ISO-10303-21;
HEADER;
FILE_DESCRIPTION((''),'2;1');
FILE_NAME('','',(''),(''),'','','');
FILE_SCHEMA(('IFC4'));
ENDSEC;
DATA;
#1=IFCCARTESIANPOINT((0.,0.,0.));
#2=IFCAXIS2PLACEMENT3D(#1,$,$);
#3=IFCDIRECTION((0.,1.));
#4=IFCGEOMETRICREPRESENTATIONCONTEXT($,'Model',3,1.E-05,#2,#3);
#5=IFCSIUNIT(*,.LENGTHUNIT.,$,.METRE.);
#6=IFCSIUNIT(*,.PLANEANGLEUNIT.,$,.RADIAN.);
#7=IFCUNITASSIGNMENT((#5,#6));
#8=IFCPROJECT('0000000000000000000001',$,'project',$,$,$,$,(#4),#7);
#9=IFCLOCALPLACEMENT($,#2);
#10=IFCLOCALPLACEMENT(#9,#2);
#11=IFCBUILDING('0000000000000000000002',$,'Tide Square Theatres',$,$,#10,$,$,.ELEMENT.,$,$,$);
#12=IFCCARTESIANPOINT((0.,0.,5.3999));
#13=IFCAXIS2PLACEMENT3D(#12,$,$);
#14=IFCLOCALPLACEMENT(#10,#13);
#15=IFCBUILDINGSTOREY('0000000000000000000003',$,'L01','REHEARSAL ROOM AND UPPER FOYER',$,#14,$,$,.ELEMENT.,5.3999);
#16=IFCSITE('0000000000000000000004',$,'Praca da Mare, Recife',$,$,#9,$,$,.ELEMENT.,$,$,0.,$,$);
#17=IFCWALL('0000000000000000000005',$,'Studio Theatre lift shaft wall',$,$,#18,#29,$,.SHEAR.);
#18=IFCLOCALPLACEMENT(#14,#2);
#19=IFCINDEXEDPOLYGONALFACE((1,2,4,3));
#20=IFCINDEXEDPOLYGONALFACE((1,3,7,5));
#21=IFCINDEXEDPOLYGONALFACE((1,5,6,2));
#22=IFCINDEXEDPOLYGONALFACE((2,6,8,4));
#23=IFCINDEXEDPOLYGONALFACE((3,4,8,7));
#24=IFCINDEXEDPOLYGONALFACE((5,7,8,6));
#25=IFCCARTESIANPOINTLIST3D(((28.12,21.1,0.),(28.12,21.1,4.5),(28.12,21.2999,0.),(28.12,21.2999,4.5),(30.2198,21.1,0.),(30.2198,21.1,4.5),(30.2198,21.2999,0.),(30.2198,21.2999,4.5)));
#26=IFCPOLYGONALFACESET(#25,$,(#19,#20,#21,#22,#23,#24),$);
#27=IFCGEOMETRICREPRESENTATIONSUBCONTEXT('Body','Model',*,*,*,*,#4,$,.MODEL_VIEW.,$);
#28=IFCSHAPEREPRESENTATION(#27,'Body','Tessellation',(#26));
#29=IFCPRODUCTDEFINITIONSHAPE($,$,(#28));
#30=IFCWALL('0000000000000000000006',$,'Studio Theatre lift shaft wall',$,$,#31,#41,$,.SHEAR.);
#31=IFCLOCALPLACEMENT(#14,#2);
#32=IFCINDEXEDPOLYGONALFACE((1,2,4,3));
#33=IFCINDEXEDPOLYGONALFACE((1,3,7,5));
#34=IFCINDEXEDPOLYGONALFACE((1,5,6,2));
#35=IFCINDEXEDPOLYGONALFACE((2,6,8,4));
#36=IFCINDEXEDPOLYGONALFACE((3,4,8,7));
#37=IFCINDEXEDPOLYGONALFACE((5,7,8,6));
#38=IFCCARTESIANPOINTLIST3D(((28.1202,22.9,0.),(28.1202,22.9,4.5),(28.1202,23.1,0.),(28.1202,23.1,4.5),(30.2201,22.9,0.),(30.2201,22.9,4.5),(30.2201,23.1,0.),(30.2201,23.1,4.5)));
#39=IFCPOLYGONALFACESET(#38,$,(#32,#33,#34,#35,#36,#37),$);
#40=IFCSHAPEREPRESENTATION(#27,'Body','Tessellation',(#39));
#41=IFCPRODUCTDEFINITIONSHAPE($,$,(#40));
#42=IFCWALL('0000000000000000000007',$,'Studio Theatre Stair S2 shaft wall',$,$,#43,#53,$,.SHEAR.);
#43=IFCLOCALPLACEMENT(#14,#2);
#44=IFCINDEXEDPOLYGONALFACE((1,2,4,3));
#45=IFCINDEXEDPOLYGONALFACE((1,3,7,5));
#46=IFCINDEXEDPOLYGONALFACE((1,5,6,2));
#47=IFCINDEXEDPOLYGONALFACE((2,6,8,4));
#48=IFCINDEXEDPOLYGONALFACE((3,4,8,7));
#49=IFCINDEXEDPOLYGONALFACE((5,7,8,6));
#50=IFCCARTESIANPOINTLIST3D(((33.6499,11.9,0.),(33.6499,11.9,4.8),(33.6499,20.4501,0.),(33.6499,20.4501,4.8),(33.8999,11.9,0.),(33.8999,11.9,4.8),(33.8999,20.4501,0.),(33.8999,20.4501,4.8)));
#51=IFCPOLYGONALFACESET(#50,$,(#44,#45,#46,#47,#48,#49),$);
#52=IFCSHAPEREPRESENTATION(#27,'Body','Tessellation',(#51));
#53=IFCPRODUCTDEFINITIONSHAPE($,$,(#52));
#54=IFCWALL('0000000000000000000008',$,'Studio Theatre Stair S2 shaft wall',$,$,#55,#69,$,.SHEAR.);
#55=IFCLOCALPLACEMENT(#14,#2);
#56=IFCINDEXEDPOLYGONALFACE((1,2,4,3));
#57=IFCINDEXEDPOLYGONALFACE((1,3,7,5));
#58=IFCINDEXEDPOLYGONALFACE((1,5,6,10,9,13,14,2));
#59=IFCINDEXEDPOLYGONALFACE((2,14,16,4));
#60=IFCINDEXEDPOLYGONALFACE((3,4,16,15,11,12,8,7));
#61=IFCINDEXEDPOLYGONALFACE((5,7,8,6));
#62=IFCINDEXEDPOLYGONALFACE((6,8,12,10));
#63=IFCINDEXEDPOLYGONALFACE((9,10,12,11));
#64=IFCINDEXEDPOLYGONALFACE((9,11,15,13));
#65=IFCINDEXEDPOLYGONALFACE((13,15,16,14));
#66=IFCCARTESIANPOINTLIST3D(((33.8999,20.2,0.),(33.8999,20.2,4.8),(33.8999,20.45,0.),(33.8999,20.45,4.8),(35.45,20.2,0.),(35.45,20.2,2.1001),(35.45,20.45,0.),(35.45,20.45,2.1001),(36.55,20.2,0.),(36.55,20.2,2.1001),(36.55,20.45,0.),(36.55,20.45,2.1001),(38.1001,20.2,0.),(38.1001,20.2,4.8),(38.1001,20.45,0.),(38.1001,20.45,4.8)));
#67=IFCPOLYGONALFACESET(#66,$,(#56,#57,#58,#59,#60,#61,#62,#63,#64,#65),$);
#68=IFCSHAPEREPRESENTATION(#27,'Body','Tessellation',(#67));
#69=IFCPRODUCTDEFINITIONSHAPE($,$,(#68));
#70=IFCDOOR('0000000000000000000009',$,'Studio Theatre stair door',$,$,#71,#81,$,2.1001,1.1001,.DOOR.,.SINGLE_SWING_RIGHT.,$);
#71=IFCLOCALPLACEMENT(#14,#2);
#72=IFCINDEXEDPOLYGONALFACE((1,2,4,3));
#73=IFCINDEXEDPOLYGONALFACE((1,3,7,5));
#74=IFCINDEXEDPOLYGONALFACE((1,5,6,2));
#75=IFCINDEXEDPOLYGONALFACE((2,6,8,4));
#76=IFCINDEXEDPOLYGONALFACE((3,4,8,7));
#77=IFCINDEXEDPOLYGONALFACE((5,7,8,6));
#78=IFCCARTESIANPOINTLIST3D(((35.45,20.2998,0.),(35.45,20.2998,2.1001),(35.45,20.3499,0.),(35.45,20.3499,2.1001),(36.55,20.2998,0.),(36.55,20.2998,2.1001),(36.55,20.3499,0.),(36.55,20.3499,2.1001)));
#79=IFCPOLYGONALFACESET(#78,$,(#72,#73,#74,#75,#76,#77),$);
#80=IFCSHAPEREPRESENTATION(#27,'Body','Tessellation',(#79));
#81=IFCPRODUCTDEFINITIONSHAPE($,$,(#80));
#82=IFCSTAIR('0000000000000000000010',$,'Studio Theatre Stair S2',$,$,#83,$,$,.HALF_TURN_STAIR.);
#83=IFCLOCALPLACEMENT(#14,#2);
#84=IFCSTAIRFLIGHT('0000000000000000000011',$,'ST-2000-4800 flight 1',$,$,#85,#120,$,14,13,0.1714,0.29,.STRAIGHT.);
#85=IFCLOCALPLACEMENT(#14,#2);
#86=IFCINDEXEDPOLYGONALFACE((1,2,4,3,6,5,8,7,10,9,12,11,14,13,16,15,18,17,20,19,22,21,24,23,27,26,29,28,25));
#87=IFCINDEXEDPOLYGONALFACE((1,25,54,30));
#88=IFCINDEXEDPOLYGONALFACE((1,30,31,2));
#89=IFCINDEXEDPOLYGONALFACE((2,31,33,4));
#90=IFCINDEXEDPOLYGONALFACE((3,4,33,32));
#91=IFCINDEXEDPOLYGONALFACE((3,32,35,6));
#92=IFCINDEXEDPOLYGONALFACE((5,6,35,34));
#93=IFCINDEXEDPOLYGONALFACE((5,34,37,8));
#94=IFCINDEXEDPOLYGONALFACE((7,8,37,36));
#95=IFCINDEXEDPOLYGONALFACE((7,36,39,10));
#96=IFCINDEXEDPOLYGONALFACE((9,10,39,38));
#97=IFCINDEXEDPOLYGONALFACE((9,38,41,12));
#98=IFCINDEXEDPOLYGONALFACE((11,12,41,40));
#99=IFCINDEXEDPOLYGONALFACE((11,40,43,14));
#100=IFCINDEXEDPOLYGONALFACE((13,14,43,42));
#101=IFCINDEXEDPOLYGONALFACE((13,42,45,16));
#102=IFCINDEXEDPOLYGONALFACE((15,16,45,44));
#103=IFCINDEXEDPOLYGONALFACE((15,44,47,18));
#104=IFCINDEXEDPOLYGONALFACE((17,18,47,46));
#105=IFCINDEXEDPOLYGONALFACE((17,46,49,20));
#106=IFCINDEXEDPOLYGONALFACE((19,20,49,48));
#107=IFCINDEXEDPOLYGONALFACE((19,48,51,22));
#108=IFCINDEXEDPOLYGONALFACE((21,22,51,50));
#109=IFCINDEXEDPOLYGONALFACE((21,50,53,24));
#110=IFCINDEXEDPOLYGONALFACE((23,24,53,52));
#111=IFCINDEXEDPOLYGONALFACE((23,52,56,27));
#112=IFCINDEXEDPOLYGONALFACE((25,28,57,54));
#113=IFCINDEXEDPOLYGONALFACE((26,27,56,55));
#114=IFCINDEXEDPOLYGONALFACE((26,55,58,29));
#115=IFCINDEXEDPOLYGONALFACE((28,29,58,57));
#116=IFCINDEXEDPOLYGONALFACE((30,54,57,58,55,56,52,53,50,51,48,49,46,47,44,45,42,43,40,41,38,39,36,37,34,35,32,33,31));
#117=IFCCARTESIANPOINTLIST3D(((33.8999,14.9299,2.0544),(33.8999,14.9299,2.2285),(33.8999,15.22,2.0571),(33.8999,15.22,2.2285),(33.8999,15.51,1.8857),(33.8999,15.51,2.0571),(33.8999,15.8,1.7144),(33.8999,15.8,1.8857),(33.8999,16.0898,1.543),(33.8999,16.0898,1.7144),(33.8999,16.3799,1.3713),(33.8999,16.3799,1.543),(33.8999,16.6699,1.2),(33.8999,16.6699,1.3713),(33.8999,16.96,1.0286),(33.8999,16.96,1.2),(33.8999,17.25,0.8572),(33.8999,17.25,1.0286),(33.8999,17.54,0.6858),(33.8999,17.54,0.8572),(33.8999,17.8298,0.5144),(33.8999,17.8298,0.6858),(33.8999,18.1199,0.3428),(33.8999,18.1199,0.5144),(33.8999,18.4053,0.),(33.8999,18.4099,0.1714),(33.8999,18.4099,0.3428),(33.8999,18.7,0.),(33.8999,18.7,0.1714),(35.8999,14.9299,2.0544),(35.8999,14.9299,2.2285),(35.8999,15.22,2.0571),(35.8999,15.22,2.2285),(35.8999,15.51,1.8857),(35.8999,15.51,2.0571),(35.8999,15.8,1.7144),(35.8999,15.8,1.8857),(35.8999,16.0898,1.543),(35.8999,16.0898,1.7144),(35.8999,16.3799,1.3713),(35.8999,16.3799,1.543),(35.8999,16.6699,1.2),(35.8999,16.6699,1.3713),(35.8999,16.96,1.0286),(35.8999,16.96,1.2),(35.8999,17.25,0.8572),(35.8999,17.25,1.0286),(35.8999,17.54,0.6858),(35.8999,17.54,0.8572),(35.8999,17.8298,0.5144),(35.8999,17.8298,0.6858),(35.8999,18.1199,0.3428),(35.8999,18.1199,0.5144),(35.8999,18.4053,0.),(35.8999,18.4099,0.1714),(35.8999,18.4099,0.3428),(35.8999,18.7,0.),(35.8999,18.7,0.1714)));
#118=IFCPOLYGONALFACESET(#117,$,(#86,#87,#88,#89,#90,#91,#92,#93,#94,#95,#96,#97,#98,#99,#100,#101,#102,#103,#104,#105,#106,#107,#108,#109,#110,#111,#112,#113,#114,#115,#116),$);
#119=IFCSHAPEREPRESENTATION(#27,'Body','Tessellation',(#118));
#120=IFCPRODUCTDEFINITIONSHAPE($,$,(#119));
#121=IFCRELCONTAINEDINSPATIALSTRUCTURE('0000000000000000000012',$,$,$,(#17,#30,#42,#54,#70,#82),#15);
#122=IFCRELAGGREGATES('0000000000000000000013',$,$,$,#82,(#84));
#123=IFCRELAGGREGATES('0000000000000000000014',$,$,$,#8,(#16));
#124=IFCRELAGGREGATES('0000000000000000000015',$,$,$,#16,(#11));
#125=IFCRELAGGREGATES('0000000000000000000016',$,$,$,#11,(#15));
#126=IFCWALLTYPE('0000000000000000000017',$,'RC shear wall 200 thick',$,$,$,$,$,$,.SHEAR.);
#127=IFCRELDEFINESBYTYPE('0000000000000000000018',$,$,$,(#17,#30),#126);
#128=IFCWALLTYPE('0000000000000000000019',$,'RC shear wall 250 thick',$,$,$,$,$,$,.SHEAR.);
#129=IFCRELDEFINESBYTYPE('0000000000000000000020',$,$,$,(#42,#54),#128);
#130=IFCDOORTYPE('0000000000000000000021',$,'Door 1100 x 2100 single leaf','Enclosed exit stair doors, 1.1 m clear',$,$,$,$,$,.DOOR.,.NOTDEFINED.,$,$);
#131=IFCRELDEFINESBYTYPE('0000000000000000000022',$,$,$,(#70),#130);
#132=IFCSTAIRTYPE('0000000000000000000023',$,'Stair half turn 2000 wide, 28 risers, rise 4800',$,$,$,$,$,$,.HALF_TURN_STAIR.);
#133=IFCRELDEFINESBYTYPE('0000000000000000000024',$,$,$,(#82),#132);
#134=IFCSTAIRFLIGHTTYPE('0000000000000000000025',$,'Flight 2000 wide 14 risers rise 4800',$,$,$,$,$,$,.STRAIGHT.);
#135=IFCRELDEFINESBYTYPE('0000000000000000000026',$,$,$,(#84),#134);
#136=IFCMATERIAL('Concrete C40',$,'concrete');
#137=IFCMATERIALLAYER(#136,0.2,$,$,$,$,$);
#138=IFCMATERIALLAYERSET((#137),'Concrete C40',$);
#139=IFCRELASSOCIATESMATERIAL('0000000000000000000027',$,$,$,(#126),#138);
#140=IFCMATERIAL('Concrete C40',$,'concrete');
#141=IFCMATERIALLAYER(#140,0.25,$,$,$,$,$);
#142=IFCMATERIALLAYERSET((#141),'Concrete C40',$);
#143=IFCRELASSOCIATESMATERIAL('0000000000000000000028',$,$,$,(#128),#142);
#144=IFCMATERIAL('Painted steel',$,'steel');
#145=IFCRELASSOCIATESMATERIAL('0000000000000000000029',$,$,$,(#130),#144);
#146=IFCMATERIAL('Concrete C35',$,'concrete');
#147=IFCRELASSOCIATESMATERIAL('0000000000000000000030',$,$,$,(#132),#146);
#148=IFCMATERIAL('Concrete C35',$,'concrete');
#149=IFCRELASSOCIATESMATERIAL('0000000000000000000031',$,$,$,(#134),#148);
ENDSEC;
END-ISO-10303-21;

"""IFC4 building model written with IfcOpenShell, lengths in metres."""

from ifc_helpers import new_model, si_unit, direction, frame, frame_2d, origin, place, context, subcontext, project, spatial, polyline, rectangle, outline, extrude, material, layer, layer_set, type_object, element, fill, aggregate, save


model = new_model("IFC4")

# Units and contexts
model_context = context("Model", 3, precision=1e-05, world=origin(), true_north=direction((0.0, 1.0)))
body_context = subcontext(model_context, "Body", "Model", "MODEL_VIEW")
ifc_project = project(units=[si_unit("LENGTHUNIT", "METRE"), si_unit("PLANEANGLEUNIT", "RADIAN")], contexts=[model_context])

# Site, building, storey
site_placement = place(None, origin())
site = spatial("IfcSite", under=ifc_project, at=site_placement, Name="Praca da Mare, Recife", CompositionType="ELEMENT", RefElevation=0.0)
building_placement = place(site_placement, origin())
building = spatial("IfcBuilding", under=site, at=building_placement, Name="Tide Square Theatres", CompositionType="ELEMENT")
storey_placement = place(building_placement, frame((0.0, 0.0, 5.3999)))
storey = spatial("IfcBuildingStorey", under=building, at=storey_placement, Name="L01", Description="REHEARSAL ROOM AND UPPER FOYER", CompositionType="ELEMENT", Elevation=5.3999)

# Shared definitions
ifc_material_1 = material(Name="Concrete C40", Category="concrete")
ifc_layer_1 = layer(ifc_material_1, 0.2)
ifc_layer_set_1 = layer_set([ifc_layer_1], Name="Concrete C40")
wall_type_1 = type_object("IfcWallType", Name="RC shear wall 200 thick", PredefinedType="SHEAR", material=ifc_layer_set_1)

# Walls
for number, where, z_axis, x_axis, name in (
    (1, (28.1201, 21.2, 0.0), (0.0, 0.0, 1.0), (1.0, 0.0, 0.0), "Studio Theatre lift shaft wall"),
    (2, (30.22, 23.0, 0.0), (0.0, 0.0, 1.0), (-1.0, 0.0, 0.0), "Studio Theatre lift shaft wall"),
):
    element("IfcWall", number, at=place(storey_placement, frame(where, z_axis=z_axis, x_axis=x_axis)), inside=storey, type_object=wall_type_1, Name=name, PredefinedType="SHEAR", context=body_context, shape_type="SweptSolid", body=[
        extrude(rectangle(XDim=2.0999, YDim=0.2, at=frame_2d((1.0498, 0.0))), origin(), (0.0, 0.0, 1.0), 4.5),
    ])
ifc_material_2 = material(Name="Concrete C40", Category="concrete")
ifc_layer_2 = layer(ifc_material_2, 0.25)
ifc_layer_set_2 = layer_set([ifc_layer_2], Name="Concrete C40")
wall_type_2 = type_object("IfcWallType", Name="RC shear wall 250 thick", PredefinedType="SHEAR", material=ifc_layer_set_2)
wall_1_placement = place(storey_placement, frame((33.7749, 20.45, 0.0), z_axis=(0.0, 0.0, 1.0), x_axis=(0.0, -1.0, 0.0)))
element("IfcWall", 3, at=wall_1_placement, inside=storey, type_object=wall_type_2, Name="Studio Theatre Stair S2 shaft wall", PredefinedType="SHEAR", context=body_context, shape_type="SweptSolid", body=[
    extrude(rectangle(XDim=8.55, YDim=0.25, at=frame_2d((4.2749, 0.0))), origin(), (0.0, 0.0, 1.0), 4.8),
])

# Wall, opening, door
wall_2_placement = place(storey_placement, frame((33.8999, 20.325, 0.0), z_axis=(0.0, 0.0, 1.0), x_axis=(1.0, 0.0, 0.0)))
wall_2 = element("IfcWall", 4, at=wall_2_placement, inside=storey, type_object=wall_type_2, Name="Studio Theatre Stair S2 shaft wall", PredefinedType="SHEAR", context=body_context, shape_type="SweptSolid", body=[
    extrude(rectangle(XDim=4.2002, YDim=0.25, at=frame_2d((2.1001, 0.0))), origin(), (0.0, 0.0, 1.0), 4.8),
])
opening_1_placement = place(wall_2_placement, frame((1.55, 0.0, 0.0)))
opening_1 = element("IfcOpeningElement", 5, at=opening_1_placement, cuts=wall_2, PredefinedType="OPENING", context=body_context, shape_type="SweptSolid", body=[
    extrude(rectangle(XDim=1.1001, YDim=2.1001, at=frame_2d((0.55, 1.05))), frame((0.0, 0.135, 0.0), z_axis=(0.0, -1.0, 0.0), x_axis=(1.0, 0.0, 0.0)), (0.0, 0.0, 1.0), 0.27),
])
ifc_material_3 = material(Name="Painted steel", Category="steel")
door_type_1 = type_object("IfcDoorType", Name="Door 1100 x 2100 single leaf", Description="Enclosed exit stair doors, 1.1 m clear", OperationType="NOTDEFINED", PredefinedType="DOOR", material=ifc_material_3)
door_1_placement = place(opening_1_placement, origin())
door_1 = element("IfcDoor", 6, at=door_1_placement, inside=storey, type_object=door_type_1, Name="Studio Theatre stair door", OperationType="SINGLE_SWING_RIGHT", OverallHeight=2.1001, OverallWidth=1.1001, PredefinedType="DOOR", context=body_context, shape_type="SweptSolid", body=[
    extrude(rectangle(XDim=1.1001, YDim=2.1001, at=frame_2d((0.55, 1.05))), frame((0.0, 0.0249, 0.0), z_axis=(0.0, -1.0, 0.0), x_axis=(1.0, 0.0, 0.0)), (0.0, 0.0, 1.0), 0.05),
])
fill(opening_1, door_1)

# Stair, stair flight
ifc_material_4 = material(Name="Concrete C35", Category="concrete")
stair_type = type_object("IfcStairType", Name="Stair half turn 2000 wide, 28 risers, rise 4800", PredefinedType="HALF_TURN_STAIR", material=ifc_material_4)
stair_placement = place(storey_placement, origin())
stair = element("IfcStair", 7, at=stair_placement, inside=storey, type_object=stair_type, Name="Studio Theatre Stair S2", PredefinedType="HALF_TURN_STAIR")
ifc_material_5 = material(Name="Concrete C35", Category="concrete")
stair_flight_type = type_object("IfcStairFlightType", Name="Flight 2000 wide 14 risers rise 4800", PredefinedType="STRAIGHT", material=ifc_material_5)
stair_flight_placement = place(storey_placement, frame((34.8999, 18.7, 0.0), z_axis=(0.0, 0.0, 1.0), x_axis=(0.0, -1.0, 0.0)))
stair_flight = element("IfcStairFlight", 8, at=stair_flight_placement, type_object=stair_flight_type, Name="ST-2000-4800 flight 1", NumberOfRisers=14, NumberOfTreads=13, PredefinedType="STRAIGHT", RiserHeight=0.1714, TreadLength=0.29, context=body_context, shape_type="SweptSolid", body=[
    extrude(outline(polyline([(0.0, 0.0), (0.0, 0.1714), (0.29, 0.1714), (0.29, 0.3428), (0.5801, 0.3428), (0.5801, 0.5144), (0.8701, 0.5144), (0.8701, 0.6858), (1.1599, 0.6858), (1.1599, 0.8572), (1.45, 0.8572), (1.45, 1.0286), (1.74, 1.0286), (1.74, 1.2), (2.03, 1.2), (2.03, 1.3713), (2.3201, 1.3713), (2.3201, 1.543), (2.6101, 1.543), (2.6101, 1.7144), (2.8999, 1.7144), (2.8999, 1.8857), (3.1899, 1.8857), (3.1899, 2.0571), (3.48, 2.0571), (3.48, 2.2285), (3.77, 2.2285), (3.77, 2.3999), (3.77, 2.0544), (0.2947, 0.0), (0.0, 0.0)])), frame((0.0, 1.0, 0.0), z_axis=(0.0, -1.0, 0.0), x_axis=(1.0, 0.0, 0.0)), (0.0, 0.0, 1.0), 2.0),
])
aggregate(stair, [stair_flight])

save(model, "model.ifc")
